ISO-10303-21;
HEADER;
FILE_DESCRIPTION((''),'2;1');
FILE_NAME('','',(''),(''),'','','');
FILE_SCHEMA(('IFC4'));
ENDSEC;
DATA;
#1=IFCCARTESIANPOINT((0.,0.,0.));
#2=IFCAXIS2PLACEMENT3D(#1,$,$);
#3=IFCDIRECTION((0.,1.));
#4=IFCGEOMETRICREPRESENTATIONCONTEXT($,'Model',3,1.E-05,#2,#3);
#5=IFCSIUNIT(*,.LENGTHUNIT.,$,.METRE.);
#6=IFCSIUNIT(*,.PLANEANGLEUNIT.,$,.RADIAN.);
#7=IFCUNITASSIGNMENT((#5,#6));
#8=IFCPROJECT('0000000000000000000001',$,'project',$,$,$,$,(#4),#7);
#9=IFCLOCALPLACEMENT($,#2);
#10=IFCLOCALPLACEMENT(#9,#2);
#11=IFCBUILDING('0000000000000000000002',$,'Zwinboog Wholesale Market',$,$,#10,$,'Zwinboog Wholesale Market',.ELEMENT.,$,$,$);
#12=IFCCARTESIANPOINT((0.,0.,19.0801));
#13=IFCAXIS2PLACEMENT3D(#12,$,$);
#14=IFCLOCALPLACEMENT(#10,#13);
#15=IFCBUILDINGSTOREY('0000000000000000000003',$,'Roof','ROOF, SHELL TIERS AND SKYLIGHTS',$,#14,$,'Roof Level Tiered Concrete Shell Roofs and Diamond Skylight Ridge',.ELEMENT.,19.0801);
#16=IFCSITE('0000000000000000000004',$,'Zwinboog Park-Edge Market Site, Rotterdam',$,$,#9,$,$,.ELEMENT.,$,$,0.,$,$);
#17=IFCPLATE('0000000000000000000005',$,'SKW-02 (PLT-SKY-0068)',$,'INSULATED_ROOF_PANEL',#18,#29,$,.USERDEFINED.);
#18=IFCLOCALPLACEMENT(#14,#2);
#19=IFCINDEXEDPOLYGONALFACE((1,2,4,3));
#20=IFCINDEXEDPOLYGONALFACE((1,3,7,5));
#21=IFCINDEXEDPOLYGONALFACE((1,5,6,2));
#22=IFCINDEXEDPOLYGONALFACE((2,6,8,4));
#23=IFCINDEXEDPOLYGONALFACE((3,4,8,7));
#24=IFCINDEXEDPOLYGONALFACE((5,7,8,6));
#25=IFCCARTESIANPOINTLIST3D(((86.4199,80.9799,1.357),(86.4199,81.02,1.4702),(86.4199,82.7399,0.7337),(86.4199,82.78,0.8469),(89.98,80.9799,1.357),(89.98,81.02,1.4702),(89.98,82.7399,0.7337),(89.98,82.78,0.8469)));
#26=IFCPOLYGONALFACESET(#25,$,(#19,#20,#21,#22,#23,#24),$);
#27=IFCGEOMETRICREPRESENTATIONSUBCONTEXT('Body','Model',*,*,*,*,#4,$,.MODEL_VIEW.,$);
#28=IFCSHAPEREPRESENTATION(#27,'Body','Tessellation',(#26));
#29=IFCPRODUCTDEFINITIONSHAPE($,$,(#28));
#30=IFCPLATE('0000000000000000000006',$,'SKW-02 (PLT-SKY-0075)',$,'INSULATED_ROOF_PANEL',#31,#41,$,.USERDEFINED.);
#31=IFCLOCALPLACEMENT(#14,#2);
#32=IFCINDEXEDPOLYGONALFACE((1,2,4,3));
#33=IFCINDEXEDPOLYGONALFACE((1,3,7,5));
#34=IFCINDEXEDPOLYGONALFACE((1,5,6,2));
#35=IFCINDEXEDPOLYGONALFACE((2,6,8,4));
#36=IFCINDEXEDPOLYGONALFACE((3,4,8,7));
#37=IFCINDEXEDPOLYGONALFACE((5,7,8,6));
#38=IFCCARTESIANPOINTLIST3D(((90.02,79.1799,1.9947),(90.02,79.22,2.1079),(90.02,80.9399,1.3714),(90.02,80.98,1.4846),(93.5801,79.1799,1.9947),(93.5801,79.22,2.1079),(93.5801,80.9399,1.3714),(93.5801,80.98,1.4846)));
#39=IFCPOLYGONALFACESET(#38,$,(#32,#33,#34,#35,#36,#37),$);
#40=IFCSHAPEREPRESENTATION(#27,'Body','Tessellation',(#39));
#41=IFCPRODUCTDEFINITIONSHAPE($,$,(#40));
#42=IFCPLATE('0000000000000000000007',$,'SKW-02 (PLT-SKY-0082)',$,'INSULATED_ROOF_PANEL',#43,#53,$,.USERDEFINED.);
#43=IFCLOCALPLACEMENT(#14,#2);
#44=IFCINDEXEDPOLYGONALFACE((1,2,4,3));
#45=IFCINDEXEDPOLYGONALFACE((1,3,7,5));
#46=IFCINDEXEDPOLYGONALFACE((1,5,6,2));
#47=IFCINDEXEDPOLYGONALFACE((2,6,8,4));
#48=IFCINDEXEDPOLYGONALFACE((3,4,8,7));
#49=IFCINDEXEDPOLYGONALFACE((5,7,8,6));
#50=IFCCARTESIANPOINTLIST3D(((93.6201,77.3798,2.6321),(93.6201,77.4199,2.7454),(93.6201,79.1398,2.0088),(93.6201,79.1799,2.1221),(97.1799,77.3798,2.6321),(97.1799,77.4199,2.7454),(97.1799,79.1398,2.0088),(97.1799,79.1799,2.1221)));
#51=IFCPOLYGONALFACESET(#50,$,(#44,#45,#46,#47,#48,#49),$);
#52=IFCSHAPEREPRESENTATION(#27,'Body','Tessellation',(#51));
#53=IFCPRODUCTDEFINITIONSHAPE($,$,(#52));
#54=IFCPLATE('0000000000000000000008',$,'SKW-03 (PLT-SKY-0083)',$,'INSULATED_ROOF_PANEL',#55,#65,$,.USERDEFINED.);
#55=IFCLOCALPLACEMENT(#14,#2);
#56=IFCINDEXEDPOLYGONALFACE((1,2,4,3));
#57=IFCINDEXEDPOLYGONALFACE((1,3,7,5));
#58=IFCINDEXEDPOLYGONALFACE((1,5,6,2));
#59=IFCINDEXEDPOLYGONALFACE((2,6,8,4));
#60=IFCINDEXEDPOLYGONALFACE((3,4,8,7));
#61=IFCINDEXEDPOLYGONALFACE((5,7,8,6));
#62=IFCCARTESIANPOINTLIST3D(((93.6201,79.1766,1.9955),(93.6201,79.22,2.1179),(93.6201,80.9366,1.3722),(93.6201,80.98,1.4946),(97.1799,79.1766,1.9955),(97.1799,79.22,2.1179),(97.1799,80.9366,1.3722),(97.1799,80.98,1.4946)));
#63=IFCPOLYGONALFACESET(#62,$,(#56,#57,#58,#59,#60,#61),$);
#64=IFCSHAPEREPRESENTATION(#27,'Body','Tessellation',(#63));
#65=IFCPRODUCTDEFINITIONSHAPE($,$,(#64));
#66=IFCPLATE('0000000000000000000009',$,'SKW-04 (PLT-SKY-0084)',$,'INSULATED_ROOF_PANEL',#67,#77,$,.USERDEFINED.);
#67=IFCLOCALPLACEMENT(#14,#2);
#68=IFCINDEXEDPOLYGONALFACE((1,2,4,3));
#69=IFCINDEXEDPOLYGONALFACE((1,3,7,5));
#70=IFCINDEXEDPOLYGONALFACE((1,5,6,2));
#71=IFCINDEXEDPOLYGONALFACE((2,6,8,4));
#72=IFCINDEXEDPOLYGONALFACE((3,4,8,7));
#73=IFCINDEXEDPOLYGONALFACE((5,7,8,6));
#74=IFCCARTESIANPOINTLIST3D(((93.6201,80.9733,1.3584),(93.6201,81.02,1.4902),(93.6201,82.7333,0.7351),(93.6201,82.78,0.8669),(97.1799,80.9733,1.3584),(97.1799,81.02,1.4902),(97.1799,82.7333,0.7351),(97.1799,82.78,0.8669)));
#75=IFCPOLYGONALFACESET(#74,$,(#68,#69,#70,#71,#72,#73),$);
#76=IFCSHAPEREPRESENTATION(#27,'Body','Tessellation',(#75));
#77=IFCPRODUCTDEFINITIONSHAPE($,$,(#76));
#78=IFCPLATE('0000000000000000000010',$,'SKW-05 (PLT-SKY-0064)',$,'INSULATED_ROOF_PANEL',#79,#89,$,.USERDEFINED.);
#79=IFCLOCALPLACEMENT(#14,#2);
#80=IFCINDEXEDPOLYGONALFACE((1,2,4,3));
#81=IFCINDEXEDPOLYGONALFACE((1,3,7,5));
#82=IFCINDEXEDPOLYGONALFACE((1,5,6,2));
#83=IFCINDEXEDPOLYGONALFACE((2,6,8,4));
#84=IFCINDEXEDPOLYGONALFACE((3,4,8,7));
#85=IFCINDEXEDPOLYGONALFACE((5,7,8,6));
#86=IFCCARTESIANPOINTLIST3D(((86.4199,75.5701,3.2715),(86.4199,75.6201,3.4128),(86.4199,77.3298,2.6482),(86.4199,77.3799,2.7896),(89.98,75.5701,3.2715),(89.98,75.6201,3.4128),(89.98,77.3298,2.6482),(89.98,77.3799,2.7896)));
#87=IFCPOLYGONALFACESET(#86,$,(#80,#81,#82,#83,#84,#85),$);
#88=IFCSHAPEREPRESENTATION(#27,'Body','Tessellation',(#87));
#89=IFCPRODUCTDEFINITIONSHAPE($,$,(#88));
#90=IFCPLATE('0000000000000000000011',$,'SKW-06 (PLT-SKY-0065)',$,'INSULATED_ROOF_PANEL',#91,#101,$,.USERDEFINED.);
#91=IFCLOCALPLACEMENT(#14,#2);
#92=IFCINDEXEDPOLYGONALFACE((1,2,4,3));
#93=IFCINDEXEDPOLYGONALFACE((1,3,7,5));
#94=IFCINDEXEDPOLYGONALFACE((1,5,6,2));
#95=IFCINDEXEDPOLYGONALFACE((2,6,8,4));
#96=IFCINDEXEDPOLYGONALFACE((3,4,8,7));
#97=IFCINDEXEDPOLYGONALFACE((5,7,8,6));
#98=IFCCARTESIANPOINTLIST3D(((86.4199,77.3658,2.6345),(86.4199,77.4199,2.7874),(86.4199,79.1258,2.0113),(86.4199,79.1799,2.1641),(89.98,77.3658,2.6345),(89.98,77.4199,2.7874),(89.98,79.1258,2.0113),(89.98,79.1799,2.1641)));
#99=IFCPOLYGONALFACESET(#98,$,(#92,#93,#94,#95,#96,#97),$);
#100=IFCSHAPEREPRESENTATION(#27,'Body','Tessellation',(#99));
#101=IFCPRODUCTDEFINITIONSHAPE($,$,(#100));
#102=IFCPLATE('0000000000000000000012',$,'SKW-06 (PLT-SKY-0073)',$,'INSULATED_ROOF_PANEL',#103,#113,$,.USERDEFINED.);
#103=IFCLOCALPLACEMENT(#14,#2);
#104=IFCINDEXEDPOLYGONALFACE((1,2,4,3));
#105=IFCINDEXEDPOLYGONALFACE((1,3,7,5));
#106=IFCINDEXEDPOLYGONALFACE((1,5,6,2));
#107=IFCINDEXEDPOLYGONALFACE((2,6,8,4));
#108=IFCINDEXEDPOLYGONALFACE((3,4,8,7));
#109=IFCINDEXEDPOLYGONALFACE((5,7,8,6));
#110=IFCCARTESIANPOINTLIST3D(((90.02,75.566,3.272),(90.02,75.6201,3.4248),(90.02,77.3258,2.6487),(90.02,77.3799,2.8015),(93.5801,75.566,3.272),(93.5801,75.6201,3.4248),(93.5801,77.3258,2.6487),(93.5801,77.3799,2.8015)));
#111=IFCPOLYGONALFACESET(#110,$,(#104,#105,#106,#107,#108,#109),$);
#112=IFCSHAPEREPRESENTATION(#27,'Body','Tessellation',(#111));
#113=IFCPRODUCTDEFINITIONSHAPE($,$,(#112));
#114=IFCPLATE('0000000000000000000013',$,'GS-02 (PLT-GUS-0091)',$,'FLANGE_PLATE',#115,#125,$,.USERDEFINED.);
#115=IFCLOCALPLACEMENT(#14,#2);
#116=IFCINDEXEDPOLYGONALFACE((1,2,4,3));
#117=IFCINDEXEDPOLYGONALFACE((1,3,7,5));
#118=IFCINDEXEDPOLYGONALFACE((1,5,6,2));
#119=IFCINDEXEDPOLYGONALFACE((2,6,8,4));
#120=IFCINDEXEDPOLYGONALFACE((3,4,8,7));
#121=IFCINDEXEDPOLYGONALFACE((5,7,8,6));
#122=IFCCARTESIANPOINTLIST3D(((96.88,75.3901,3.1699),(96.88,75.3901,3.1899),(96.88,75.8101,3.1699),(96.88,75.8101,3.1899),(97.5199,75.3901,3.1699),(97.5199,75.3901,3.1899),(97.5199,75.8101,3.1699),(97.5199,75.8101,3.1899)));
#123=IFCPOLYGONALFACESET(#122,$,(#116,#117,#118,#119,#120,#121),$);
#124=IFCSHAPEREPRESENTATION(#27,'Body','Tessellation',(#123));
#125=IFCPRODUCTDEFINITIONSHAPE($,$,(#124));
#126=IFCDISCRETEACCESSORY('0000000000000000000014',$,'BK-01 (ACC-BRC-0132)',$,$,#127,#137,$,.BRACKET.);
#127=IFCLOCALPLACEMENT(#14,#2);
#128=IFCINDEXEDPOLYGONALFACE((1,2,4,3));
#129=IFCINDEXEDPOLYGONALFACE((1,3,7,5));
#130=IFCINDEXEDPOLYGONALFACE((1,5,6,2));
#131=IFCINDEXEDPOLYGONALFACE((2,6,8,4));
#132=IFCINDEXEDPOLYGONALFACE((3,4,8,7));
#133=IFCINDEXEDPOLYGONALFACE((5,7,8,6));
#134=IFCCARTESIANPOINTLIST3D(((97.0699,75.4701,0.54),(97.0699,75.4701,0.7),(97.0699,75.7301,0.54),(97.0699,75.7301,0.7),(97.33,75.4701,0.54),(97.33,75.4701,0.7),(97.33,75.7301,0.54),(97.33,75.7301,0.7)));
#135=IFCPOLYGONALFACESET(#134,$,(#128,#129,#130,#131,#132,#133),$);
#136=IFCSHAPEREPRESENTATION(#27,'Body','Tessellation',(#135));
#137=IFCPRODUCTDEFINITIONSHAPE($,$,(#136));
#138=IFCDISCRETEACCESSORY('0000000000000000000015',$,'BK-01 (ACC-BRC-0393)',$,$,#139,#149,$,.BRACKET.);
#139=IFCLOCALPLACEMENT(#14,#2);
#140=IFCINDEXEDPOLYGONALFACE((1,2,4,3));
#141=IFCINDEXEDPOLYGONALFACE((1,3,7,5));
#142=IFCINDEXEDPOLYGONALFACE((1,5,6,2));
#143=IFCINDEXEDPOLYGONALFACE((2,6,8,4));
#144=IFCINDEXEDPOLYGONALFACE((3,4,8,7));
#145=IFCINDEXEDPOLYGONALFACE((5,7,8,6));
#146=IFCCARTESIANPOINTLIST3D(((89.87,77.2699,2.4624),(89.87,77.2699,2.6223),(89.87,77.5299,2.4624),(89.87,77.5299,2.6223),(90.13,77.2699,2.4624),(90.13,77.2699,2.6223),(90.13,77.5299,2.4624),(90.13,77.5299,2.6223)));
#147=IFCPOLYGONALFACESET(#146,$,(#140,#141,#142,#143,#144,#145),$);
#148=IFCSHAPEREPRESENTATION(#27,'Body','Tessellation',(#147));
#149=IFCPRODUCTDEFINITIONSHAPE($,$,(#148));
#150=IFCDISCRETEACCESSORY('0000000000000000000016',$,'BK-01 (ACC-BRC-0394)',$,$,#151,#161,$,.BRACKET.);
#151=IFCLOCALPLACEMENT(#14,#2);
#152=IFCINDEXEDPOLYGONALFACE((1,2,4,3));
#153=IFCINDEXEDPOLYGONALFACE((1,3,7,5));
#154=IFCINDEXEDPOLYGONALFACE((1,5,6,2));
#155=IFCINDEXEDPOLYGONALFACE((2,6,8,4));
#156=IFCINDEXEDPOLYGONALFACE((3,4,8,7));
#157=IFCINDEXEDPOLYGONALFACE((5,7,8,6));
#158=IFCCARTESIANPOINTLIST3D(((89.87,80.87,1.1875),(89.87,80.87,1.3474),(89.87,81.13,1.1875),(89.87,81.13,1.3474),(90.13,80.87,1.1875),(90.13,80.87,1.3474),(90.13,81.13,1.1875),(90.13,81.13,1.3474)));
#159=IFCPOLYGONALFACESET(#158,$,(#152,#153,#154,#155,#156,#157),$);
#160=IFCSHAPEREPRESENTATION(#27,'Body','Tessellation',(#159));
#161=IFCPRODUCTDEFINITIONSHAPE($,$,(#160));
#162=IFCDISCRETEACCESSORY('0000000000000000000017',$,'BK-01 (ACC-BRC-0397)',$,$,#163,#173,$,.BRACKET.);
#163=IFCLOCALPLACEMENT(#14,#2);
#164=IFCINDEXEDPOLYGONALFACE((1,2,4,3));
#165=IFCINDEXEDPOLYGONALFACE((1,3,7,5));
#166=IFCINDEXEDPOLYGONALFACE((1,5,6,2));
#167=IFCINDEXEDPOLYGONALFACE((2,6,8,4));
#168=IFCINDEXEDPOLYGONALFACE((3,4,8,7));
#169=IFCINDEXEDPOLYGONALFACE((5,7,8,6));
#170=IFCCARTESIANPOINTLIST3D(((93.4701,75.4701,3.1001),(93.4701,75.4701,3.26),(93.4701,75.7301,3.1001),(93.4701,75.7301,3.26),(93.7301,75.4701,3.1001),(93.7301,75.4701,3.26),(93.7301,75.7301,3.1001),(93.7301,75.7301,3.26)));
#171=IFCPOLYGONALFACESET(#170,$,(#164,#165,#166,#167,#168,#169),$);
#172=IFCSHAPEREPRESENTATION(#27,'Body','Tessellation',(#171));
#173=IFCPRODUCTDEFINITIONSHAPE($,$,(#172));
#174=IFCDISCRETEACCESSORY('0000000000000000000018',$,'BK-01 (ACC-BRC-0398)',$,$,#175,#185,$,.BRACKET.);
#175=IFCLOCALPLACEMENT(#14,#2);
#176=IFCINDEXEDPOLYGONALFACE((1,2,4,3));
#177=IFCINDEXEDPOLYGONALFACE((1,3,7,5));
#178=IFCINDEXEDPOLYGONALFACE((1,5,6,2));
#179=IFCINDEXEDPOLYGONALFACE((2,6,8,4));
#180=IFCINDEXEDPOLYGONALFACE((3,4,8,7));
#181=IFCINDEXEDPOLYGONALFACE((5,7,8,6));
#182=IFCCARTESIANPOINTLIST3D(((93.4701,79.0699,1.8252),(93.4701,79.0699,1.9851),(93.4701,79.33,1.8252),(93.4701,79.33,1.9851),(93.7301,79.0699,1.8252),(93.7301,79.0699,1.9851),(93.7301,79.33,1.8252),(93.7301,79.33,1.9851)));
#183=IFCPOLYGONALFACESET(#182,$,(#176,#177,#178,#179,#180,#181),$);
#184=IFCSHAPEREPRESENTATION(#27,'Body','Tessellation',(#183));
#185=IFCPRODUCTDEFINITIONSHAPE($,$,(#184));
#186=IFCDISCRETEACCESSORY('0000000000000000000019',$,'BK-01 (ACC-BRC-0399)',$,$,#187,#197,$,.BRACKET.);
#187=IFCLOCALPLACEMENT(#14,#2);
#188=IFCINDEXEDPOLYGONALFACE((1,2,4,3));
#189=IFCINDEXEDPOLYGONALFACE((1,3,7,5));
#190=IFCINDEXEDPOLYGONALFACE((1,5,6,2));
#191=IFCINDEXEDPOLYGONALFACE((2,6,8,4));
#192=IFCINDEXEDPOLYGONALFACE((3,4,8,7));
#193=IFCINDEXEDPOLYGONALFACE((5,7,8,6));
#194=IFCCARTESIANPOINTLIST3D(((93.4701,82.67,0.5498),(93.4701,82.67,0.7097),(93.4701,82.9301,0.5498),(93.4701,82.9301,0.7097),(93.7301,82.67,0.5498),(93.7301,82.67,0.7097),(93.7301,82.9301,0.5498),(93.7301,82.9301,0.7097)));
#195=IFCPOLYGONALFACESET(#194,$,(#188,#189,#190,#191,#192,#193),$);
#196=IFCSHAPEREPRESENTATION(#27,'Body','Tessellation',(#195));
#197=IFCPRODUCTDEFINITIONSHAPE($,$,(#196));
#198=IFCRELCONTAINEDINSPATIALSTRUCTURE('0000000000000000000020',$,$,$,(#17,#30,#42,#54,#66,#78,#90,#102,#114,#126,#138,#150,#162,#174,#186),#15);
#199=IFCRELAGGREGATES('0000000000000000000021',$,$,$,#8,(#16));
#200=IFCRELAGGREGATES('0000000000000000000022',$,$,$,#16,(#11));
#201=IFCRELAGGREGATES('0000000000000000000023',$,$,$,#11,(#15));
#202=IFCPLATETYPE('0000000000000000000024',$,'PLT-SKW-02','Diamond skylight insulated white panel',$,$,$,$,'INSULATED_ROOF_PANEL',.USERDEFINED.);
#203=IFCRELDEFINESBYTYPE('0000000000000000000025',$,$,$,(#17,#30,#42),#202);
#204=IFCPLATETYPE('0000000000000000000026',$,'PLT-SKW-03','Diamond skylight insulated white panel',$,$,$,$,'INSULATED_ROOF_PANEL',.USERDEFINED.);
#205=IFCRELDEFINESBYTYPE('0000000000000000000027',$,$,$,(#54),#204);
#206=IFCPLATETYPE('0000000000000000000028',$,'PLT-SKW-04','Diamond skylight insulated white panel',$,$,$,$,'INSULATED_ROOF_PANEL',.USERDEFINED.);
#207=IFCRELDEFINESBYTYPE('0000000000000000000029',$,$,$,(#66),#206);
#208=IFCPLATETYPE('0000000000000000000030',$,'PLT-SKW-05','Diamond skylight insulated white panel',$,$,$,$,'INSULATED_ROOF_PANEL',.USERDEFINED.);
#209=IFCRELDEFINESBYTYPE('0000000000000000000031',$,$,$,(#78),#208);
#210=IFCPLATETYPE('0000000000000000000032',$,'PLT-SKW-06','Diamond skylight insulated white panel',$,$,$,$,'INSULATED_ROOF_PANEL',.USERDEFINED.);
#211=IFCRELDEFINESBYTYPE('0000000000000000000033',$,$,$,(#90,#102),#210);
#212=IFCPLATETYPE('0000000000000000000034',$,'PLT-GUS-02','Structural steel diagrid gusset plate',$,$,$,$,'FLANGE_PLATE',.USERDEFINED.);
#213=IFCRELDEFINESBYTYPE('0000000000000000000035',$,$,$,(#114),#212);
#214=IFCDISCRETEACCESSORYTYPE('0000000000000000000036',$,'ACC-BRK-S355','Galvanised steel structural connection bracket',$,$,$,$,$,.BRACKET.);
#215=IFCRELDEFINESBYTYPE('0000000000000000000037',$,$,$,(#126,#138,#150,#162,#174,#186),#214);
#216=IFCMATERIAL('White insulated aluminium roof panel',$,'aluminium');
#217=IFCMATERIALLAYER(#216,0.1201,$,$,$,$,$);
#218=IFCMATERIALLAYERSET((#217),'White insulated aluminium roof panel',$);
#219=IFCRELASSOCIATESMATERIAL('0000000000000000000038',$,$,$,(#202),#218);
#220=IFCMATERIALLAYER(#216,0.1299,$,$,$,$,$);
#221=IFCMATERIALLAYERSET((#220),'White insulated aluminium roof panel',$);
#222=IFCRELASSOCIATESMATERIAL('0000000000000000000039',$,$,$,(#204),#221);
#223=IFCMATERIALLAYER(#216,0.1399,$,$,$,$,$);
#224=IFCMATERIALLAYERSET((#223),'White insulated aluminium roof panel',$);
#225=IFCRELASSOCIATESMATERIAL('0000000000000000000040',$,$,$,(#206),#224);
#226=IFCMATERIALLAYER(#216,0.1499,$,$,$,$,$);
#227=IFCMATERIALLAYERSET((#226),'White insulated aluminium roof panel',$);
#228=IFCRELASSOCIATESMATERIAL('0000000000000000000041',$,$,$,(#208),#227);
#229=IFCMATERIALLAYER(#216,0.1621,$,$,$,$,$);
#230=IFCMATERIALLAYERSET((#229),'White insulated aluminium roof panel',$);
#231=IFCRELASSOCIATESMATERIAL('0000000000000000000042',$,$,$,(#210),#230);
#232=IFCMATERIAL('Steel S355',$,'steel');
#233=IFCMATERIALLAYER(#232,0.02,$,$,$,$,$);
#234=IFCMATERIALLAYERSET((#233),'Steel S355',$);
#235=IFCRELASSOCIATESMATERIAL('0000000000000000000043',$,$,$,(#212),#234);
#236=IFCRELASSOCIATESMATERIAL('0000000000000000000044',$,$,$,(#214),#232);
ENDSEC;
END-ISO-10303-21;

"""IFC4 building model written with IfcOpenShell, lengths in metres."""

from ifc_helpers import new_model, si_unit, direction, frame, origin, origin_2d, place, context, subcontext, project, spatial, polyline, rectangle, outline, extrude, material, layer, layer_set, type_object, element, save


model = new_model("IFC4")

# Units and contexts
model_context = context("Model", 3, precision=1e-05, world=origin(), true_north=direction((0.0, 1.0)))
body_context = subcontext(model_context, "Body", "Model", "MODEL_VIEW")
ifc_project = project(units=[si_unit("LENGTHUNIT", "METRE"), si_unit("PLANEANGLEUNIT", "RADIAN")], contexts=[model_context])

# Site, building, storey
site_placement = place(None, origin())
site = spatial("IfcSite", under=ifc_project, at=site_placement, Name="Zwinboog Park-Edge Market Site, Rotterdam", CompositionType="ELEMENT", RefElevation=0.0)
building_placement = place(site_placement, origin())
building = spatial("IfcBuilding", under=site, at=building_placement, Name="Zwinboog Wholesale Market", LongName="Zwinboog Wholesale Market", CompositionType="ELEMENT")
storey_placement = place(building_placement, frame((0.0, 0.0, 19.0801)))
storey = spatial("IfcBuildingStorey", under=building, at=storey_placement, Name="Roof", Description="ROOF, SHELL TIERS AND SKYLIGHTS", LongName="Roof Level Tiered Concrete Shell Roofs and Diamond Skylight Ridge", CompositionType="ELEMENT", Elevation=19.0801)

# Shared definitions
ifc_material_1 = material(Name="Steel S355", Category="steel")

# Plates
ifc_material_2 = material(Name="White insulated aluminium roof panel", Category="aluminium")
ifc_layer_1 = layer(ifc_material_2, 0.1201)
ifc_layer_set_1 = layer_set([ifc_layer_1], Name="White insulated aluminium roof panel")
plate_type_1 = type_object("IfcPlateType", Name="PLT-SKW-02", Description="Diamond skylight insulated white panel", ElementType="INSULATED_ROOF_PANEL", PredefinedType="USERDEFINED", material=ifc_layer_set_1)
for number, where, z_axis, x_axis, name in (
    (1, (86.4199, 81.02, 1.4702), (0.0, 0.333825, 0.942635), (1.0, 0.0, 0.0), "SKW-02 (PLT-SKY-0068)"),
    (2, (90.02, 79.22, 2.1079), (0.0, 0.333825, 0.942635), (1.0, 0.0, 0.0), "SKW-02 (PLT-SKY-0075)"),
):
    element("IfcPlate", number, at=place(storey_placement, frame(where, z_axis=z_axis, x_axis=x_axis)), inside=storey, type_object=plate_type_1, Name=name, ObjectType="INSULATED_ROOF_PANEL", PredefinedType="USERDEFINED", context=body_context, shape_type="SweptSolid", body=[
        extrude(outline(polyline([(0.0, 0.0), (3.5601, 0.0), (3.5601, 1.8671), (0.0, 1.8671), (0.0, 0.0)])), origin(), (0.0, 0.0, -1.0), 0.1201),
    ])
plate_1_placement = place(storey_placement, frame((93.6201, 77.4199, 2.7454), z_axis=(0.0, 0.333825, 0.942635), x_axis=(1.0, 0.0, 0.0)))
element("IfcPlate", 3, at=plate_1_placement, inside=storey, type_object=plate_type_1, Name="SKW-02 (PLT-SKY-0082)", ObjectType="INSULATED_ROOF_PANEL", PredefinedType="USERDEFINED", context=body_context, shape_type="SweptSolid", body=[
    extrude(outline(polyline([(0.0, 0.0), (3.5598, 0.0), (3.5598, 1.8671), (0.0, 1.8671), (0.0, 0.0)])), origin(), (0.0, 0.0, -1.0), 0.1201),
])
ifc_layer_2 = layer(ifc_material_2, 0.1299)
ifc_layer_set_2 = layer_set([ifc_layer_2], Name="White insulated aluminium roof panel")
plate_type_2 = type_object("IfcPlateType", Name="PLT-SKW-03", Description="Diamond skylight insulated white panel", ElementType="INSULATED_ROOF_PANEL", PredefinedType="USERDEFINED", material=ifc_layer_set_2)
plate_2_placement = place(storey_placement, frame((93.6201, 79.22, 2.1179), z_axis=(0.0, 0.333825, 0.942635), x_axis=(1.0, 0.0, 0.0)))
element("IfcPlate", 4, at=plate_2_placement, inside=storey, type_object=plate_type_2, Name="SKW-03 (PLT-SKY-0083)", ObjectType="INSULATED_ROOF_PANEL", PredefinedType="USERDEFINED", context=body_context, shape_type="SweptSolid", body=[
    extrude(outline(polyline([(0.0, 0.0), (3.5598, 0.0), (3.5598, 1.8671), (0.0, 1.8671), (0.0, 0.0)])), origin(), (0.0, 0.0, -1.0), 0.1299),
])
ifc_layer_3 = layer(ifc_material_2, 0.1399)
ifc_layer_set_3 = layer_set([ifc_layer_3], Name="White insulated aluminium roof panel")
plate_type_3 = type_object("IfcPlateType", Name="PLT-SKW-04", Description="Diamond skylight insulated white panel", ElementType="INSULATED_ROOF_PANEL", PredefinedType="USERDEFINED", material=ifc_layer_set_3)
plate_3_placement = place(storey_placement, frame((93.6201, 81.02, 1.4902), z_axis=(0.0, 0.333825, 0.942635), x_axis=(1.0, 0.0, 0.0)))
element("IfcPlate", 5, at=plate_3_placement, inside=storey, type_object=plate_type_3, Name="SKW-04 (PLT-SKY-0084)", ObjectType="INSULATED_ROOF_PANEL", PredefinedType="USERDEFINED", context=body_context, shape_type="SweptSolid", body=[
    extrude(outline(polyline([(0.0, 0.0), (3.5598, 0.0), (3.5598, 1.8671), (0.0, 1.8671), (0.0, 0.0)])), origin(), (0.0, 0.0, -1.0), 0.1399),
])
ifc_layer_4 = layer(ifc_material_2, 0.1499)
ifc_layer_set_4 = layer_set([ifc_layer_4], Name="White insulated aluminium roof panel")
plate_type_4 = type_object("IfcPlateType", Name="PLT-SKW-05", Description="Diamond skylight insulated white panel", ElementType="INSULATED_ROOF_PANEL", PredefinedType="USERDEFINED", material=ifc_layer_set_4)
plate_4_placement = place(storey_placement, frame((86.4199, 75.6201, 3.4128), z_axis=(0.0, 0.333867, 0.94262), x_axis=(1.0, 0.0, 0.0)))
element("IfcPlate", 6, at=plate_4_placement, inside=storey, type_object=plate_type_4, Name="SKW-05 (PLT-SKY-0064)", ObjectType="INSULATED_ROOF_PANEL", PredefinedType="USERDEFINED", context=body_context, shape_type="SweptSolid", body=[
    extrude(outline(polyline([(0.0, 0.0), (3.5601, 0.0), (3.5601, 1.8669), (0.0, 1.8669), (0.0, 0.0)])), origin(), (0.0, 0.0, -1.0), 0.1499),
])
ifc_layer_5 = layer(ifc_material_2, 0.1621)
ifc_layer_set_5 = layer_set([ifc_layer_5], Name="White insulated aluminium roof panel")
plate_type_5 = type_object("IfcPlateType", Name="PLT-SKW-06", Description="Diamond skylight insulated white panel", ElementType="INSULATED_ROOF_PANEL", PredefinedType="USERDEFINED", material=ifc_layer_set_5)
plate_5_placement = place(storey_placement, frame((86.4199, 77.4199, 2.7874), z_axis=(0.0, 0.333825, 0.942635), x_axis=(1.0, 0.0, 0.0)))
element("IfcPlate", 7, at=plate_5_placement, inside=storey, type_object=plate_type_5, Name="SKW-06 (PLT-SKY-0065)", ObjectType="INSULATED_ROOF_PANEL", PredefinedType="USERDEFINED", context=body_context, shape_type="SweptSolid", body=[
    extrude(outline(polyline([(0.0, 0.0), (3.5601, 0.0), (3.5601, 1.8671), (0.0, 1.8671), (0.0, 0.0)])), origin(), (0.0, 0.0, -1.0), 0.1621),
])
plate_6_placement = place(storey_placement, frame((90.02, 75.6201, 3.4248), z_axis=(0.0, 0.333867, 0.94262), x_axis=(1.0, 0.0, 0.0)))
element("IfcPlate", 8, at=plate_6_placement, inside=storey, type_object=plate_type_5, Name="SKW-06 (PLT-SKY-0073)", ObjectType="INSULATED_ROOF_PANEL", PredefinedType="USERDEFINED", context=body_context, shape_type="SweptSolid", body=[
    extrude(outline(polyline([(0.0, 0.0), (3.5601, 0.0), (3.5601, 1.8669), (0.0, 1.8669), (0.0, 0.0)])), origin(), (0.0, 0.0, -1.0), 0.1621),
])
ifc_layer_6 = layer(ifc_material_1, 0.02)
ifc_layer_set_6 = layer_set([ifc_layer_6], Name="Steel S355")
plate_type_6 = type_object("IfcPlateType", Name="PLT-GUS-02", Description="Structural steel diagrid gusset plate", ElementType="FLANGE_PLATE", PredefinedType="USERDEFINED", material=ifc_layer_set_6)
plate_7_placement = place(storey_placement, frame((97.2, 75.6001, 3.1699), z_axis=(0.0, 0.0, 1.0), x_axis=(1.0, 0.0, 0.0)))
element("IfcPlate", 9, at=plate_7_placement, inside=storey, type_object=plate_type_6, Name="GS-02 (PLT-GUS-0091)", ObjectType="FLANGE_PLATE", PredefinedType="USERDEFINED", context=body_context, shape_type="SweptSolid", body=[
    extrude(rectangle(XDim=0.6399, YDim=0.4199, at=origin_2d()), origin(), (0.0, 0.0, 1.0), 0.02),
])

# Discrete accessories
discrete_accessory_type = type_object("IfcDiscreteAccessoryType", Name="ACC-BRK-S355", Description="Galvanised steel structural connection bracket", PredefinedType="BRACKET", material=ifc_material_1)
for number, where, z_axis, x_axis, name in (
    (10, (97.2, 75.6001, 0.54), (0.0, 0.0, 1.0), (1.0, 0.0, 0.0), "BK-01 (ACC-BRC-0132)"),
    (11, (90.0, 77.3999, 2.4624), (0.0, 0.0, 1.0), (1.0, 0.0, 0.0), "BK-01 (ACC-BRC-0393)"),
    (12, (90.0, 81.0, 1.1875), (0.0, 0.0, 1.0), (1.0, 0.0, 0.0), "BK-01 (ACC-BRC-0394)"),
    (13, (93.6001, 75.6001, 3.1001), (0.0, 0.0, 1.0), (1.0, 0.0, 0.0), "BK-01 (ACC-BRC-0397)"),
    (14, (93.6001, 79.2, 1.8252), (0.0, 0.0, 1.0), (1.0, 0.0, 0.0), "BK-01 (ACC-BRC-0398)"),
    (15, (93.6001, 82.8, 0.5498), (0.0, 0.0, 1.0), (1.0, 0.0, 0.0), "BK-01 (ACC-BRC-0399)"),
):
    element("IfcDiscreteAccessory", number, at=place(storey_placement, frame(where, z_axis=z_axis, x_axis=x_axis)), inside=storey, type_object=discrete_accessory_type, Name=name, PredefinedType="BRACKET", context=body_context, shape_type="SweptSolid", body=[
        extrude(rectangle(XDim=0.26, YDim=0.26, at=origin_2d()), origin(), (0.0, 0.0, 1.0), 0.1599),
    ])

save(model, "model.ifc")
